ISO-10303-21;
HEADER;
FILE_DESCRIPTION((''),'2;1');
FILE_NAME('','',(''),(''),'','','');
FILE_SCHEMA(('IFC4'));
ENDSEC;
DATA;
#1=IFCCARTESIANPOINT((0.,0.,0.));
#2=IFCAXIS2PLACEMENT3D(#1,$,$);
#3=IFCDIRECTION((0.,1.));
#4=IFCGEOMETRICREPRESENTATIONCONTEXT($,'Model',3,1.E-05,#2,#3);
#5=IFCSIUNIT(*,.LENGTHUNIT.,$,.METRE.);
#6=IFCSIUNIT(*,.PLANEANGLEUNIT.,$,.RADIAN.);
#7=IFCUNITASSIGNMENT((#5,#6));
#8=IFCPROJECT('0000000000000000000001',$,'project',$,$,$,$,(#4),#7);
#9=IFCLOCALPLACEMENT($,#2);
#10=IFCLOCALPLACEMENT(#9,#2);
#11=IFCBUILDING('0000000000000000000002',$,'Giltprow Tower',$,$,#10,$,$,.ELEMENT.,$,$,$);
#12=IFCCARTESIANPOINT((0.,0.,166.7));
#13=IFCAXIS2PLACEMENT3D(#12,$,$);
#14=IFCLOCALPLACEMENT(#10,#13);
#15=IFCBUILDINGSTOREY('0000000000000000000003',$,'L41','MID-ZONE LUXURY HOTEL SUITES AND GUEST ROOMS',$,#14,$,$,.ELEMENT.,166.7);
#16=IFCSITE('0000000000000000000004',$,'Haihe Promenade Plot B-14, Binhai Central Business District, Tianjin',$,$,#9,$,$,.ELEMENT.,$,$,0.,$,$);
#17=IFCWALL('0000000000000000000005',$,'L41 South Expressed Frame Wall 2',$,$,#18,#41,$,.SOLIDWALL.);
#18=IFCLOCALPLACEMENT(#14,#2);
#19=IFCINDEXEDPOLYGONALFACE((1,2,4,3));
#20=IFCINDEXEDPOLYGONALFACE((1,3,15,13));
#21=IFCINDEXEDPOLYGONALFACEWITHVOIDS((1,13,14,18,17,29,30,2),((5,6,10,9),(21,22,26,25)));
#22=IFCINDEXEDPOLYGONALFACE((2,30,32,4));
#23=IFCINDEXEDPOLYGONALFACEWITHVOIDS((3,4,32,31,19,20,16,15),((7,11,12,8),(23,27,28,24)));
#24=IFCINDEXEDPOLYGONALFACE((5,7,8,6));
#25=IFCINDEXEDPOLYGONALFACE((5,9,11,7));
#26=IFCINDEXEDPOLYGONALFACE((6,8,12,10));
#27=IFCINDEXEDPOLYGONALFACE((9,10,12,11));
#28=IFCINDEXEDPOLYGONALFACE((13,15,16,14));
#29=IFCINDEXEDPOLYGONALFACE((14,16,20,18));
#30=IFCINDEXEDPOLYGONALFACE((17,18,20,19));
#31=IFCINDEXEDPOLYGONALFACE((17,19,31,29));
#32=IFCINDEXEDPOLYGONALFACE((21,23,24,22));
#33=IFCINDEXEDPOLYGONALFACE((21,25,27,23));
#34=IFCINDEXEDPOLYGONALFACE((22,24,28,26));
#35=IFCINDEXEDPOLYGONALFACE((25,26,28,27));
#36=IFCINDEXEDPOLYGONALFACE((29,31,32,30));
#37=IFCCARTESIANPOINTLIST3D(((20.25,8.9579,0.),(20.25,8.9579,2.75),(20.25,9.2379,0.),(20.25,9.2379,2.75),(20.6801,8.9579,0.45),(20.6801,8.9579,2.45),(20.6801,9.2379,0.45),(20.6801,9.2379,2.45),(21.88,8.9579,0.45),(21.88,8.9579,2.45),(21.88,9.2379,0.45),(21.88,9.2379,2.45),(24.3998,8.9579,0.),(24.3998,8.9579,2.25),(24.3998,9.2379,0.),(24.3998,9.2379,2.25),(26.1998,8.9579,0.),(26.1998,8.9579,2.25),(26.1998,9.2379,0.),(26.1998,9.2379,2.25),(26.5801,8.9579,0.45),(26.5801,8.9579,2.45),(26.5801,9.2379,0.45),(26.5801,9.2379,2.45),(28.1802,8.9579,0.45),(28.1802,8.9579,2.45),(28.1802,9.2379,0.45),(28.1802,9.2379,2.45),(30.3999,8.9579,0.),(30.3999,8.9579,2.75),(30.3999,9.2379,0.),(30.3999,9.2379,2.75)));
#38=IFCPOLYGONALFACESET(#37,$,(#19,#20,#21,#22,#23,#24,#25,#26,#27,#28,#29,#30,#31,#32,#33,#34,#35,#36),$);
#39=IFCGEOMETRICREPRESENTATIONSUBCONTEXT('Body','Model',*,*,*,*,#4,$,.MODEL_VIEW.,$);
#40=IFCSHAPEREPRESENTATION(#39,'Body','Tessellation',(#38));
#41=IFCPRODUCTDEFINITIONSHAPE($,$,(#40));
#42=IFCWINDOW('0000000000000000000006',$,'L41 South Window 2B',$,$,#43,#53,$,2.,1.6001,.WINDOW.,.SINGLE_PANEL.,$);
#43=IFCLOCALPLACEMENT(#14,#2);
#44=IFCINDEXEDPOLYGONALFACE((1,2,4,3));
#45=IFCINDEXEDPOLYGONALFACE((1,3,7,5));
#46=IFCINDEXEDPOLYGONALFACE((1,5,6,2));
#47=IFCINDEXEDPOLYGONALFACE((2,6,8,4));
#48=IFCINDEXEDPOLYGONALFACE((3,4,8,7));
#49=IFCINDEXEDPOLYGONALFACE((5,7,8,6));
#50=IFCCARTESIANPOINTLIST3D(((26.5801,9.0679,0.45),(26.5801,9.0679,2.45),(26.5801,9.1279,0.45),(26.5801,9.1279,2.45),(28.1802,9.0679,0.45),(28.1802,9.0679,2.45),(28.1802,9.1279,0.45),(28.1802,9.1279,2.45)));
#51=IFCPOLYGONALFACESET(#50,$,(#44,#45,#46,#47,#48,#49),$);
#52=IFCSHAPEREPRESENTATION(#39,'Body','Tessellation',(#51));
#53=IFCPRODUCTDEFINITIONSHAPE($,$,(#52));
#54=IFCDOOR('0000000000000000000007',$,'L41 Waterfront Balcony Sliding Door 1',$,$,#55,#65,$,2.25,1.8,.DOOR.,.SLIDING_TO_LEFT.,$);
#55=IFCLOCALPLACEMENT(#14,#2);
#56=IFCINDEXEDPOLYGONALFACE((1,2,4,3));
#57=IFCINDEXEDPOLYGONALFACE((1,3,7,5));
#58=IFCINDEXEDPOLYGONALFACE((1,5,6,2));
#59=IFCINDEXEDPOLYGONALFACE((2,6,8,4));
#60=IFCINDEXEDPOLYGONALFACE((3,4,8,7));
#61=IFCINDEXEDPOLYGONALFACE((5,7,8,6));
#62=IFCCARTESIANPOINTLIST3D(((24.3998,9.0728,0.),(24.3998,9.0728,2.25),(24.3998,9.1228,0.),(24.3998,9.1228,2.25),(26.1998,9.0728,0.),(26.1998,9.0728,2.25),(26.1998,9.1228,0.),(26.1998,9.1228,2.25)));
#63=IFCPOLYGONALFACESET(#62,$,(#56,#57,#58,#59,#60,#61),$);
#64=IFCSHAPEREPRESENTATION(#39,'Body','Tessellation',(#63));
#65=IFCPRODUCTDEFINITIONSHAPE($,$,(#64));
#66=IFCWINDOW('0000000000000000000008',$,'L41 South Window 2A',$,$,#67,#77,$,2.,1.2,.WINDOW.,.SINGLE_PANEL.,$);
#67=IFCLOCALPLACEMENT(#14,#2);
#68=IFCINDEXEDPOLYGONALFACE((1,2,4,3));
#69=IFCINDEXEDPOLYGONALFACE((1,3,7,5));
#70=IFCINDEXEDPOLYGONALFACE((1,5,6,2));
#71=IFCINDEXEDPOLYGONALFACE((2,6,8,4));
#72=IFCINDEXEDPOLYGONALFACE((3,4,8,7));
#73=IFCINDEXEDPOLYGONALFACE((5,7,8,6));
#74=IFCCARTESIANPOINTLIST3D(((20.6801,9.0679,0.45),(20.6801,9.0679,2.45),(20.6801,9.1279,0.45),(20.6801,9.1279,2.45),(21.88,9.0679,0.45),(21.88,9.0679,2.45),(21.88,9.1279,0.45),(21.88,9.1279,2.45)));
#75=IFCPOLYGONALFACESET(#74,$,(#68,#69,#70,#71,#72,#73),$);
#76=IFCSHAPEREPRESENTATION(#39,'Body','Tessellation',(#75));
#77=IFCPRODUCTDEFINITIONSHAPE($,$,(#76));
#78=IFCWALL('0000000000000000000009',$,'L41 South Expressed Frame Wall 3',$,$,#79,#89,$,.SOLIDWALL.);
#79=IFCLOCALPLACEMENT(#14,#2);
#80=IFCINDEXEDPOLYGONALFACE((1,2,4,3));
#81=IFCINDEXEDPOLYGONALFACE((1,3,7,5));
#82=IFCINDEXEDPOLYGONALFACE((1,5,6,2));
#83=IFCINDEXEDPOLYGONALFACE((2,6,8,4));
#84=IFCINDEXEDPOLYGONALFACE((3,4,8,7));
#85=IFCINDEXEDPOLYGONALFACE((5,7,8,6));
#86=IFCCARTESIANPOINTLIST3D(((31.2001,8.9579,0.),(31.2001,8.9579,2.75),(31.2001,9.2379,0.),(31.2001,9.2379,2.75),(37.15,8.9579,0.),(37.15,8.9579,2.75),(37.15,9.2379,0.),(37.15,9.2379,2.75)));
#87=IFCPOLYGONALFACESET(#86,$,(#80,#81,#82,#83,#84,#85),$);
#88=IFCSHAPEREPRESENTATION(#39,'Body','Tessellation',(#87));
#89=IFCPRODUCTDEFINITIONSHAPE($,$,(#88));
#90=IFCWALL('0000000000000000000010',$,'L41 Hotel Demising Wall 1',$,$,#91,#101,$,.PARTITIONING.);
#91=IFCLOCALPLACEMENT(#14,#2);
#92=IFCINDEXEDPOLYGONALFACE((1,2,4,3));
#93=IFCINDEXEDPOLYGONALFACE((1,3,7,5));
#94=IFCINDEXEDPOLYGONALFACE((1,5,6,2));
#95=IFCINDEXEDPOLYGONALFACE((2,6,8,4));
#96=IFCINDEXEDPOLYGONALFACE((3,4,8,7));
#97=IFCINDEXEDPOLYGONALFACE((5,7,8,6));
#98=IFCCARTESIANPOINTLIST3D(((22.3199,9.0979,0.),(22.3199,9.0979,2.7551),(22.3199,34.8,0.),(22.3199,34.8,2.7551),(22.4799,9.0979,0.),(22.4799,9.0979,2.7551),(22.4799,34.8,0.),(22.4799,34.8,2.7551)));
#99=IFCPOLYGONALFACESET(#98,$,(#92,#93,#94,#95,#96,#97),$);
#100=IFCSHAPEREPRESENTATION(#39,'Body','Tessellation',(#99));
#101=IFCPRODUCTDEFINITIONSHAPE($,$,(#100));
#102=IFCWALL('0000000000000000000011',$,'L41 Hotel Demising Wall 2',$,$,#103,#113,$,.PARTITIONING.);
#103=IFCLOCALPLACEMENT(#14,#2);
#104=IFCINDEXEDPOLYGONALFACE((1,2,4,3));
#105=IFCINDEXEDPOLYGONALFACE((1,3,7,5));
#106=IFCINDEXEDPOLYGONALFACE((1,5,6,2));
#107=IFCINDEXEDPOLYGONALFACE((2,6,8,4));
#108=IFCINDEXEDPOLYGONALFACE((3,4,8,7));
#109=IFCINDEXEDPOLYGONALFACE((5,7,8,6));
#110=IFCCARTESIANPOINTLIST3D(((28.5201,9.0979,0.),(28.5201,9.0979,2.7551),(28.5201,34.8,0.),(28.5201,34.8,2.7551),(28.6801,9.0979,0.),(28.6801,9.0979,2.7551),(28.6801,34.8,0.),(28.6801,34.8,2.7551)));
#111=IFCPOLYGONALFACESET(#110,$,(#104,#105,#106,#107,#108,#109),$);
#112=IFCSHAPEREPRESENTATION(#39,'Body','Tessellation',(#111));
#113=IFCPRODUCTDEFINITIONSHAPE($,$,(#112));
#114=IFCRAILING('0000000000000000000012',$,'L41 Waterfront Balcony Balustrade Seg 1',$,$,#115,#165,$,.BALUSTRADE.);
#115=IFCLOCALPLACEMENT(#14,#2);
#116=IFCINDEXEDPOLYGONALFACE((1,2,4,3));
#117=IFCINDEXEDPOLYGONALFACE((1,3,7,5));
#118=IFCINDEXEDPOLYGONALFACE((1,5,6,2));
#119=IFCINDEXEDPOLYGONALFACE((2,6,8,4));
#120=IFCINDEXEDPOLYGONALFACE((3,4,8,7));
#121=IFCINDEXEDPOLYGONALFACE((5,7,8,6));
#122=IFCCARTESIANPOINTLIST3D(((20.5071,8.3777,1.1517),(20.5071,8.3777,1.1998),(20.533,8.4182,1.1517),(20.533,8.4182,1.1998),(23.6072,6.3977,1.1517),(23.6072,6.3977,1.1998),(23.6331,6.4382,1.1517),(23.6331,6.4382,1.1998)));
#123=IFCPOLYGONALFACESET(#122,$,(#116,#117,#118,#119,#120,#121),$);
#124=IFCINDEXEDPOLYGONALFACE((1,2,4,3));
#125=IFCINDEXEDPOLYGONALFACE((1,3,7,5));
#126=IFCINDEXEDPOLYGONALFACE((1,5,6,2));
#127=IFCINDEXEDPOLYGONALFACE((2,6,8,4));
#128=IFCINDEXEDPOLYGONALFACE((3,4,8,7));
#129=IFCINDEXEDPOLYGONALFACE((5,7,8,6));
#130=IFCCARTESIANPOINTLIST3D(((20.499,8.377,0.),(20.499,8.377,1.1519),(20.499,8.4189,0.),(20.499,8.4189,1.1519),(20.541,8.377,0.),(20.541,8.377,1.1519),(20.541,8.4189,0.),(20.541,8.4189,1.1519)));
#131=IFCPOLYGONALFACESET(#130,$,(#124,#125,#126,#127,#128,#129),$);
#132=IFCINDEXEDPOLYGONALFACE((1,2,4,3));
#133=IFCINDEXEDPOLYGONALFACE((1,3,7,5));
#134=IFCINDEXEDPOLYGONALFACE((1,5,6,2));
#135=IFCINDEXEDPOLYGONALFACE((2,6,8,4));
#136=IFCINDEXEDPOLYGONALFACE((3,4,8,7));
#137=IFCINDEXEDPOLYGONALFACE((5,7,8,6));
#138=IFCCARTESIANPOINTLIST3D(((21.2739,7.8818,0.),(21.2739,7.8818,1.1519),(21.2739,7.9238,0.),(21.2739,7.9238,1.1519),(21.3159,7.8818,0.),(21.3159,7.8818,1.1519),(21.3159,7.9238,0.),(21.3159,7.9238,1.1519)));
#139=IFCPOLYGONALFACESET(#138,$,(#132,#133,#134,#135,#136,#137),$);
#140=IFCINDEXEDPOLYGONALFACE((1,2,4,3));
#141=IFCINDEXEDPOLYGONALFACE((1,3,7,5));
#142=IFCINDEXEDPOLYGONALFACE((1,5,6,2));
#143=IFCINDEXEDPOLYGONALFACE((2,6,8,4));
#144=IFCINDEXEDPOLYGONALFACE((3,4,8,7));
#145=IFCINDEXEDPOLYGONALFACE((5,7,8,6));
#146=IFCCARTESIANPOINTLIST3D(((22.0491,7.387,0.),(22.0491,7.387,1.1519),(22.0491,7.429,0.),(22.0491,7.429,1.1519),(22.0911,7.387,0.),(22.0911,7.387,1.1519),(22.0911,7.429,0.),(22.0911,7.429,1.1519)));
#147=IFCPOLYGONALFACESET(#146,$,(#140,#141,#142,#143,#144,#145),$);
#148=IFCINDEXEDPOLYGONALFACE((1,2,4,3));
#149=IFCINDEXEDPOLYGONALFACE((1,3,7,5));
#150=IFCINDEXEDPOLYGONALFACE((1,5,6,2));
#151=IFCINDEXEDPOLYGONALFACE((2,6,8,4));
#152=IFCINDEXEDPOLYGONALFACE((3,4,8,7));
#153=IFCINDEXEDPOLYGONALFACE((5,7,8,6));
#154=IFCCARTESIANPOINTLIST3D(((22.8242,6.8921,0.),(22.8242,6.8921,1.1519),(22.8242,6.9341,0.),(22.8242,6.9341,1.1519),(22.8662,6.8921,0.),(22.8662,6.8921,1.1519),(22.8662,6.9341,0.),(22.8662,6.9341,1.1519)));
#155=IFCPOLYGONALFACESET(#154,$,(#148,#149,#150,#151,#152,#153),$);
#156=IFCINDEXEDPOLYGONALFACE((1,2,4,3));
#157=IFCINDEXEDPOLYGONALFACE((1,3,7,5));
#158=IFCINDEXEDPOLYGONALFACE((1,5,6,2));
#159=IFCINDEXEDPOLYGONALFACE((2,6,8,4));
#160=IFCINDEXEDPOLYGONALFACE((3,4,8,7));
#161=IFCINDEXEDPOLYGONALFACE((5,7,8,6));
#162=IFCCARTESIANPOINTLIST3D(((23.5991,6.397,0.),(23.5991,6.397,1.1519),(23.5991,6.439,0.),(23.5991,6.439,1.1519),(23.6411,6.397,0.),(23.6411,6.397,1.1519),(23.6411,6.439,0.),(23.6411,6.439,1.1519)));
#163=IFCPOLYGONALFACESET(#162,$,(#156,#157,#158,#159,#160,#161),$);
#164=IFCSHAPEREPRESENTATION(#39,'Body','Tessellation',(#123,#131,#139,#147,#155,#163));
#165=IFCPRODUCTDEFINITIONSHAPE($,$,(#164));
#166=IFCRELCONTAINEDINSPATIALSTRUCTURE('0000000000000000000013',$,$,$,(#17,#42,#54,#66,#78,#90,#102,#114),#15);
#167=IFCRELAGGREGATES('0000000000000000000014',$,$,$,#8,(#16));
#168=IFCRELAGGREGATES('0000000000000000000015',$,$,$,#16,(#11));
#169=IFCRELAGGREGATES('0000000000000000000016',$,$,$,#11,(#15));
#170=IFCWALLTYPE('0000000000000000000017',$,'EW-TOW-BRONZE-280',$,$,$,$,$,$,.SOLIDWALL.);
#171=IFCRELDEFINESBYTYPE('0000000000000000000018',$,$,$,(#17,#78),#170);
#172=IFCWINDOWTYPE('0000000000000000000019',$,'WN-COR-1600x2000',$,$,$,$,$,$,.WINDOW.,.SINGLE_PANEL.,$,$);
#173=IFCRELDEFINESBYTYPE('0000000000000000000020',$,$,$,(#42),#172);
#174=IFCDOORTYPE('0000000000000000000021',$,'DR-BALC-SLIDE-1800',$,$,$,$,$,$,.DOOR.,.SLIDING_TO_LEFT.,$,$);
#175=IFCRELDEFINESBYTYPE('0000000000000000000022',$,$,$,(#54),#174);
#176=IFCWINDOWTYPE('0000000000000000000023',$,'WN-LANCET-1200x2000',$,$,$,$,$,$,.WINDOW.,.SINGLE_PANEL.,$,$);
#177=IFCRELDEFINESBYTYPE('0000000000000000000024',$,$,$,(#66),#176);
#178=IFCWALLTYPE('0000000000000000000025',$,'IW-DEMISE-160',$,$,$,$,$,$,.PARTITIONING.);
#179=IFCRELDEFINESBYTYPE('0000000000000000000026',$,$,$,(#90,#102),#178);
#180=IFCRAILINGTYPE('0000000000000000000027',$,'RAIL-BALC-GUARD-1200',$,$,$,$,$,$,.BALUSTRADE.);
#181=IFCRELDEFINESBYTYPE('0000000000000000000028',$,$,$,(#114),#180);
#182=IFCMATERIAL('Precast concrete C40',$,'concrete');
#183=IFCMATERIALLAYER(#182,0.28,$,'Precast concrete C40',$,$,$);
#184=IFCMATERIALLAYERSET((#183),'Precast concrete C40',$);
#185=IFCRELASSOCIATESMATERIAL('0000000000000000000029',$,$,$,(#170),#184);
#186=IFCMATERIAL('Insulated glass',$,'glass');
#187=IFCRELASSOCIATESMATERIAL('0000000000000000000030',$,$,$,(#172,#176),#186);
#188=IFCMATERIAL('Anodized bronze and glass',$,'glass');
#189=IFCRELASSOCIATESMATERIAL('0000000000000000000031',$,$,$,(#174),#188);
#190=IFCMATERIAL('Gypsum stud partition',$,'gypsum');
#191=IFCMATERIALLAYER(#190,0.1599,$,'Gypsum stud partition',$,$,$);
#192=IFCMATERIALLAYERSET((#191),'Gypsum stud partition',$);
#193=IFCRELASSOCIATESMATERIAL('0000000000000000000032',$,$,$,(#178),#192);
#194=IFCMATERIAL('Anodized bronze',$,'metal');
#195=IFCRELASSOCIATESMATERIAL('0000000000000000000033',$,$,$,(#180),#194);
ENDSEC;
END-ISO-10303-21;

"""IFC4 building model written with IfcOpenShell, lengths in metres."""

from ifc_helpers import new_model, si_unit, direction, frame, frame_2d, origin, origin_2d, place, context, subcontext, project, spatial, rectangle, extrude, source, transform, mapped, material, layer, layer_set, type_object, element, fill, save


model = new_model("IFC4")

# Units and contexts
model_context = context("Model", 3, precision=1e-05, world=origin(), true_north=direction((0.0, 1.0)))
body_context = subcontext(model_context, "Body", "Model", "MODEL_VIEW")
ifc_project = project(units=[si_unit("LENGTHUNIT", "METRE"), si_unit("PLANEANGLEUNIT", "RADIAN")], contexts=[model_context])

# Site, building, storey
site_placement = place(None, origin())
site = spatial("IfcSite", under=ifc_project, at=site_placement, Name="Haihe Promenade Plot B-14, Binhai Central Business District, Tianjin", CompositionType="ELEMENT", RefElevation=0.0)
building_placement = place(site_placement, origin())
building = spatial("IfcBuilding", under=site, at=building_placement, Name="Giltprow Tower", CompositionType="ELEMENT")
storey_placement = place(building_placement, frame((0.0, 0.0, 166.7)))
storey = spatial("IfcBuildingStorey", under=building, at=storey_placement, Name="L41", Description="MID-ZONE LUXURY HOTEL SUITES AND GUEST ROOMS", CompositionType="ELEMENT", Elevation=166.7)

# Wall, openings, windows, door
ifc_material_1 = material(Name="Precast concrete C40", Category="concrete")
ifc_layer_1 = layer(ifc_material_1, 0.28, Name="Precast concrete C40")
ifc_layer_set_1 = layer_set([ifc_layer_1], Name="Precast concrete C40")
wall_type_1 = type_object("IfcWallType", Name="EW-TOW-BRONZE-280", PredefinedType="SOLIDWALL", material=ifc_layer_set_1)
wall_1_placement = place(storey_placement, frame((20.25, 9.0979, 0.0), z_axis=(0.0, 0.0, 1.0), x_axis=(1.0, 0.0, 0.0)))
wall_1 = element("IfcWall", 1, at=wall_1_placement, inside=storey, type_object=wall_type_1, Name="L41 South Expressed Frame Wall 2", PredefinedType="SOLIDWALL", context=body_context, shape_type="SweptSolid", body=[
    extrude(rectangle(XDim=10.1499, YDim=0.28, at=frame_2d((5.075, 0.0))), origin(), (0.0, 0.0, 1.0), 2.75),
])
opening_1_placement = place(wall_1_placement, frame((4.1499, 0.0, 0.0)))
opening_1 = element("IfcOpeningElement", 2, at=opening_1_placement, cuts=wall_1, PredefinedType="OPENING", context=body_context, shape_type="SweptSolid", body=[
    extrude(rectangle(XDim=1.8, YDim=2.25, at=frame_2d((0.8999, 1.125))), frame((0.0, 0.1499, 0.0), z_axis=(0.0, -1.0, 0.0), x_axis=(1.0, 0.0, 0.0)), (0.0, 0.0, 1.0), 0.3),
])
opening_2_placement = place(wall_1_placement, frame((0.4299, 0.0, 0.45)))
opening_2 = element("IfcOpeningElement", 3, at=opening_2_placement, cuts=wall_1, PredefinedType="OPENING", context=body_context, shape_type="SweptSolid", body=[
    extrude(rectangle(XDim=1.2, YDim=2.0, at=frame_2d((0.6001, 1.0))), frame((0.0, 0.1499, 0.0), z_axis=(0.0, -1.0, 0.0), x_axis=(1.0, 0.0, 0.0)), (0.0, 0.0, 1.0), 0.3),
])
opening_3_placement = place(wall_1_placement, frame((6.3301, 0.0, 0.45)))
opening_3 = element("IfcOpeningElement", 4, at=opening_3_placement, cuts=wall_1, PredefinedType="OPENING", context=body_context, shape_type="SweptSolid", body=[
    extrude(rectangle(XDim=1.6001, YDim=2.0, at=frame_2d((0.8, 1.0))), frame((0.0, 0.1499, 0.0), z_axis=(0.0, -1.0, 0.0), x_axis=(1.0, 0.0, 0.0)), (0.0, 0.0, 1.0), 0.3),
])
ifc_material_2 = material(Name="Insulated glass", Category="glass")
window_type_1 = type_object("IfcWindowType", Name="WN-COR-1600x2000", PartitioningType="SINGLE_PANEL", PredefinedType="WINDOW", material=ifc_material_2)
shared_shape_1 = source(origin(), body_context, "Body", "SweptSolid", [
    extrude(rectangle(XDim=1.6001, YDim=2.0, at=frame_2d((0.8, 1.0))), frame((0.0, 0.03, 0.0), z_axis=(0.0, -1.0, 0.0), x_axis=(1.0, 0.0, 0.0)), (0.0, 0.0, 1.0), 0.0601),
])
window_1_placement = place(opening_3_placement, origin())
window_1 = element("IfcWindow", 5, at=window_1_placement, inside=storey, type_object=window_type_1, Name="L41 South Window 2B", OverallHeight=2.0, OverallWidth=1.6001, PartitioningType="SINGLE_PANEL", PredefinedType="WINDOW", context=body_context, shape_type="MappedRepresentation", body=[
    mapped(shared_shape_1, transform((0.0, 0.0, 0.0), x_axis=(1.0, 0.0, 0.0), y_axis=(0.0, 1.0, 0.0), z_axis=(0.0, 0.0, 1.0), scale=1.0)),
])
fill(opening_3, window_1)
ifc_material_3 = material(Name="Anodized bronze and glass", Category="glass")
door_type = type_object("IfcDoorType", Name="DR-BALC-SLIDE-1800", OperationType="SLIDING_TO_LEFT", PredefinedType="DOOR", material=ifc_material_3)
shared_shape_2 = source(origin(), body_context, "Body", "SweptSolid", [
    extrude(rectangle(XDim=1.8, YDim=2.25, at=frame_2d((0.8999, 1.125))), frame((0.0, 0.0249, 0.0), z_axis=(0.0, -1.0, 0.0), x_axis=(1.0, 0.0, 0.0)), (0.0, 0.0, 1.0), 0.05),
])
door_placement = place(opening_1_placement, origin())
door = element("IfcDoor", 6, at=door_placement, inside=storey, type_object=door_type, Name="L41 Waterfront Balcony Sliding Door 1", OperationType="SLIDING_TO_LEFT", OverallHeight=2.25, OverallWidth=1.8, PredefinedType="DOOR", context=body_context, shape_type="MappedRepresentation", body=[
    mapped(shared_shape_2, transform((0.0, 0.0, 0.0), x_axis=(1.0, 0.0, 0.0), y_axis=(0.0, 1.0, 0.0), z_axis=(0.0, 0.0, 1.0), scale=1.0)),
])
fill(opening_1, door)
window_type_2 = type_object("IfcWindowType", Name="WN-LANCET-1200x2000", PartitioningType="SINGLE_PANEL", PredefinedType="WINDOW", material=ifc_material_2)
shared_shape_3 = source(origin(), body_context, "Body", "SweptSolid", [
    extrude(rectangle(XDim=1.2, YDim=2.0, at=frame_2d((0.6001, 1.0))), frame((0.0, 0.03, 0.0), z_axis=(0.0, -1.0, 0.0), x_axis=(1.0, 0.0, 0.0)), (0.0, 0.0, 1.0), 0.0601),
])
window_2_placement = place(opening_2_placement, origin())
window_2 = element("IfcWindow", 7, at=window_2_placement, inside=storey, type_object=window_type_2, Name="L41 South Window 2A", OverallHeight=2.0, OverallWidth=1.2, PartitioningType="SINGLE_PANEL", PredefinedType="WINDOW", context=body_context, shape_type="MappedRepresentation", body=[
    mapped(shared_shape_3, transform((0.0, 0.0, 0.0), x_axis=(1.0, 0.0, 0.0), y_axis=(0.0, 1.0, 0.0), z_axis=(0.0, 0.0, 1.0), scale=1.0)),
])
fill(opening_2, window_2)

# Walls
wall_2_placement = place(storey_placement, frame((31.2, 9.0979, 0.0), z_axis=(0.0, 0.0, 1.0), x_axis=(1.0, 0.0, 0.0)))
element("IfcWall", 8, at=wall_2_placement, inside=storey, type_object=wall_type_1, Name="L41 South Expressed Frame Wall 3", PredefinedType="SOLIDWALL", context=body_context, shape_type="SweptSolid", body=[
    extrude(rectangle(XDim=5.95, YDim=0.28, at=frame_2d((2.9751, 0.0))), origin(), (0.0, 0.0, 1.0), 2.75),
])
ifc_material_4 = material(Name="Gypsum stud partition", Category="gypsum")
ifc_layer_2 = layer(ifc_material_4, 0.1599, Name="Gypsum stud partition")
ifc_layer_set_2 = layer_set([ifc_layer_2], Name="Gypsum stud partition")
wall_type_2 = type_object("IfcWallType", Name="IW-DEMISE-160", PredefinedType="PARTITIONING", material=ifc_layer_set_2)
for number, where, z_axis, x_axis, name in (
    (9, (22.3999, 9.0979, 0.0), (0.0, 0.0, 1.0), (0.0, 1.0, 0.0), "L41 Hotel Demising Wall 1"),
    (10, (28.6001, 9.0979, 0.0), (0.0, 0.0, 1.0), (0.0, 1.0, 0.0), "L41 Hotel Demising Wall 2"),
):
    element("IfcWall", number, at=place(storey_placement, frame(where, z_axis=z_axis, x_axis=x_axis)), inside=storey, type_object=wall_type_2, Name=name, PredefinedType="PARTITIONING", context=body_context, shape_type="SweptSolid", body=[
        extrude(rectangle(XDim=25.7021, YDim=0.1599, at=frame_2d((12.8511, 0.0))), origin(), (0.0, 0.0, 1.0), 2.7551),
    ])

# Railing
ifc_material_5 = material(Name="Anodized bronze", Category="metal")
railing_type = type_object("IfcRailingType", Name="RAIL-BALC-GUARD-1200", PredefinedType="BALUSTRADE", material=ifc_material_5)
railing_1_placement = place(storey_placement, frame((20.52, 8.3979, 0.0)))
element("IfcRailing", 11, at=railing_1_placement, inside=storey, type_object=railing_type, Name="L41 Waterfront Balcony Balustrade Seg 1", PredefinedType="BALUSTRADE", context=body_context, shape_type="SweptSolid", body=[
    extrude(rectangle(XDim=0.0481, YDim=0.0481, at=origin_2d()), frame((0.0, 0.0, 1.1758), z_axis=(0.842775, -0.538266, 0.0), x_axis=(0.538266, 0.842775, 0.0)), (0.0, 0.0, 1.0), 3.6785),
    extrude(rectangle(XDim=0.042, YDim=0.042, at=origin_2d()), origin(), (0.0, 0.0, 1.0), 1.1519),
    extrude(rectangle(XDim=0.042, YDim=0.042, at=origin_2d()), frame((0.7749, -0.4951, 0.0)), (0.0, 0.0, 1.0), 1.1519),
    extrude(rectangle(XDim=0.042, YDim=0.042, at=origin_2d()), frame((1.55, -0.99, 0.0)), (0.0, 0.0, 1.0), 1.1519),
    extrude(rectangle(XDim=0.042, YDim=0.042, at=origin_2d()), frame((2.3252, -1.4849, 0.0)), (0.0, 0.0, 1.0), 1.1519),
    extrude(rectangle(XDim=0.042, YDim=0.042, at=origin_2d()), frame((3.1001, -1.98, 0.0)), (0.0, 0.0, 1.0), 1.1519),
])

save(model, "model.ifc")
